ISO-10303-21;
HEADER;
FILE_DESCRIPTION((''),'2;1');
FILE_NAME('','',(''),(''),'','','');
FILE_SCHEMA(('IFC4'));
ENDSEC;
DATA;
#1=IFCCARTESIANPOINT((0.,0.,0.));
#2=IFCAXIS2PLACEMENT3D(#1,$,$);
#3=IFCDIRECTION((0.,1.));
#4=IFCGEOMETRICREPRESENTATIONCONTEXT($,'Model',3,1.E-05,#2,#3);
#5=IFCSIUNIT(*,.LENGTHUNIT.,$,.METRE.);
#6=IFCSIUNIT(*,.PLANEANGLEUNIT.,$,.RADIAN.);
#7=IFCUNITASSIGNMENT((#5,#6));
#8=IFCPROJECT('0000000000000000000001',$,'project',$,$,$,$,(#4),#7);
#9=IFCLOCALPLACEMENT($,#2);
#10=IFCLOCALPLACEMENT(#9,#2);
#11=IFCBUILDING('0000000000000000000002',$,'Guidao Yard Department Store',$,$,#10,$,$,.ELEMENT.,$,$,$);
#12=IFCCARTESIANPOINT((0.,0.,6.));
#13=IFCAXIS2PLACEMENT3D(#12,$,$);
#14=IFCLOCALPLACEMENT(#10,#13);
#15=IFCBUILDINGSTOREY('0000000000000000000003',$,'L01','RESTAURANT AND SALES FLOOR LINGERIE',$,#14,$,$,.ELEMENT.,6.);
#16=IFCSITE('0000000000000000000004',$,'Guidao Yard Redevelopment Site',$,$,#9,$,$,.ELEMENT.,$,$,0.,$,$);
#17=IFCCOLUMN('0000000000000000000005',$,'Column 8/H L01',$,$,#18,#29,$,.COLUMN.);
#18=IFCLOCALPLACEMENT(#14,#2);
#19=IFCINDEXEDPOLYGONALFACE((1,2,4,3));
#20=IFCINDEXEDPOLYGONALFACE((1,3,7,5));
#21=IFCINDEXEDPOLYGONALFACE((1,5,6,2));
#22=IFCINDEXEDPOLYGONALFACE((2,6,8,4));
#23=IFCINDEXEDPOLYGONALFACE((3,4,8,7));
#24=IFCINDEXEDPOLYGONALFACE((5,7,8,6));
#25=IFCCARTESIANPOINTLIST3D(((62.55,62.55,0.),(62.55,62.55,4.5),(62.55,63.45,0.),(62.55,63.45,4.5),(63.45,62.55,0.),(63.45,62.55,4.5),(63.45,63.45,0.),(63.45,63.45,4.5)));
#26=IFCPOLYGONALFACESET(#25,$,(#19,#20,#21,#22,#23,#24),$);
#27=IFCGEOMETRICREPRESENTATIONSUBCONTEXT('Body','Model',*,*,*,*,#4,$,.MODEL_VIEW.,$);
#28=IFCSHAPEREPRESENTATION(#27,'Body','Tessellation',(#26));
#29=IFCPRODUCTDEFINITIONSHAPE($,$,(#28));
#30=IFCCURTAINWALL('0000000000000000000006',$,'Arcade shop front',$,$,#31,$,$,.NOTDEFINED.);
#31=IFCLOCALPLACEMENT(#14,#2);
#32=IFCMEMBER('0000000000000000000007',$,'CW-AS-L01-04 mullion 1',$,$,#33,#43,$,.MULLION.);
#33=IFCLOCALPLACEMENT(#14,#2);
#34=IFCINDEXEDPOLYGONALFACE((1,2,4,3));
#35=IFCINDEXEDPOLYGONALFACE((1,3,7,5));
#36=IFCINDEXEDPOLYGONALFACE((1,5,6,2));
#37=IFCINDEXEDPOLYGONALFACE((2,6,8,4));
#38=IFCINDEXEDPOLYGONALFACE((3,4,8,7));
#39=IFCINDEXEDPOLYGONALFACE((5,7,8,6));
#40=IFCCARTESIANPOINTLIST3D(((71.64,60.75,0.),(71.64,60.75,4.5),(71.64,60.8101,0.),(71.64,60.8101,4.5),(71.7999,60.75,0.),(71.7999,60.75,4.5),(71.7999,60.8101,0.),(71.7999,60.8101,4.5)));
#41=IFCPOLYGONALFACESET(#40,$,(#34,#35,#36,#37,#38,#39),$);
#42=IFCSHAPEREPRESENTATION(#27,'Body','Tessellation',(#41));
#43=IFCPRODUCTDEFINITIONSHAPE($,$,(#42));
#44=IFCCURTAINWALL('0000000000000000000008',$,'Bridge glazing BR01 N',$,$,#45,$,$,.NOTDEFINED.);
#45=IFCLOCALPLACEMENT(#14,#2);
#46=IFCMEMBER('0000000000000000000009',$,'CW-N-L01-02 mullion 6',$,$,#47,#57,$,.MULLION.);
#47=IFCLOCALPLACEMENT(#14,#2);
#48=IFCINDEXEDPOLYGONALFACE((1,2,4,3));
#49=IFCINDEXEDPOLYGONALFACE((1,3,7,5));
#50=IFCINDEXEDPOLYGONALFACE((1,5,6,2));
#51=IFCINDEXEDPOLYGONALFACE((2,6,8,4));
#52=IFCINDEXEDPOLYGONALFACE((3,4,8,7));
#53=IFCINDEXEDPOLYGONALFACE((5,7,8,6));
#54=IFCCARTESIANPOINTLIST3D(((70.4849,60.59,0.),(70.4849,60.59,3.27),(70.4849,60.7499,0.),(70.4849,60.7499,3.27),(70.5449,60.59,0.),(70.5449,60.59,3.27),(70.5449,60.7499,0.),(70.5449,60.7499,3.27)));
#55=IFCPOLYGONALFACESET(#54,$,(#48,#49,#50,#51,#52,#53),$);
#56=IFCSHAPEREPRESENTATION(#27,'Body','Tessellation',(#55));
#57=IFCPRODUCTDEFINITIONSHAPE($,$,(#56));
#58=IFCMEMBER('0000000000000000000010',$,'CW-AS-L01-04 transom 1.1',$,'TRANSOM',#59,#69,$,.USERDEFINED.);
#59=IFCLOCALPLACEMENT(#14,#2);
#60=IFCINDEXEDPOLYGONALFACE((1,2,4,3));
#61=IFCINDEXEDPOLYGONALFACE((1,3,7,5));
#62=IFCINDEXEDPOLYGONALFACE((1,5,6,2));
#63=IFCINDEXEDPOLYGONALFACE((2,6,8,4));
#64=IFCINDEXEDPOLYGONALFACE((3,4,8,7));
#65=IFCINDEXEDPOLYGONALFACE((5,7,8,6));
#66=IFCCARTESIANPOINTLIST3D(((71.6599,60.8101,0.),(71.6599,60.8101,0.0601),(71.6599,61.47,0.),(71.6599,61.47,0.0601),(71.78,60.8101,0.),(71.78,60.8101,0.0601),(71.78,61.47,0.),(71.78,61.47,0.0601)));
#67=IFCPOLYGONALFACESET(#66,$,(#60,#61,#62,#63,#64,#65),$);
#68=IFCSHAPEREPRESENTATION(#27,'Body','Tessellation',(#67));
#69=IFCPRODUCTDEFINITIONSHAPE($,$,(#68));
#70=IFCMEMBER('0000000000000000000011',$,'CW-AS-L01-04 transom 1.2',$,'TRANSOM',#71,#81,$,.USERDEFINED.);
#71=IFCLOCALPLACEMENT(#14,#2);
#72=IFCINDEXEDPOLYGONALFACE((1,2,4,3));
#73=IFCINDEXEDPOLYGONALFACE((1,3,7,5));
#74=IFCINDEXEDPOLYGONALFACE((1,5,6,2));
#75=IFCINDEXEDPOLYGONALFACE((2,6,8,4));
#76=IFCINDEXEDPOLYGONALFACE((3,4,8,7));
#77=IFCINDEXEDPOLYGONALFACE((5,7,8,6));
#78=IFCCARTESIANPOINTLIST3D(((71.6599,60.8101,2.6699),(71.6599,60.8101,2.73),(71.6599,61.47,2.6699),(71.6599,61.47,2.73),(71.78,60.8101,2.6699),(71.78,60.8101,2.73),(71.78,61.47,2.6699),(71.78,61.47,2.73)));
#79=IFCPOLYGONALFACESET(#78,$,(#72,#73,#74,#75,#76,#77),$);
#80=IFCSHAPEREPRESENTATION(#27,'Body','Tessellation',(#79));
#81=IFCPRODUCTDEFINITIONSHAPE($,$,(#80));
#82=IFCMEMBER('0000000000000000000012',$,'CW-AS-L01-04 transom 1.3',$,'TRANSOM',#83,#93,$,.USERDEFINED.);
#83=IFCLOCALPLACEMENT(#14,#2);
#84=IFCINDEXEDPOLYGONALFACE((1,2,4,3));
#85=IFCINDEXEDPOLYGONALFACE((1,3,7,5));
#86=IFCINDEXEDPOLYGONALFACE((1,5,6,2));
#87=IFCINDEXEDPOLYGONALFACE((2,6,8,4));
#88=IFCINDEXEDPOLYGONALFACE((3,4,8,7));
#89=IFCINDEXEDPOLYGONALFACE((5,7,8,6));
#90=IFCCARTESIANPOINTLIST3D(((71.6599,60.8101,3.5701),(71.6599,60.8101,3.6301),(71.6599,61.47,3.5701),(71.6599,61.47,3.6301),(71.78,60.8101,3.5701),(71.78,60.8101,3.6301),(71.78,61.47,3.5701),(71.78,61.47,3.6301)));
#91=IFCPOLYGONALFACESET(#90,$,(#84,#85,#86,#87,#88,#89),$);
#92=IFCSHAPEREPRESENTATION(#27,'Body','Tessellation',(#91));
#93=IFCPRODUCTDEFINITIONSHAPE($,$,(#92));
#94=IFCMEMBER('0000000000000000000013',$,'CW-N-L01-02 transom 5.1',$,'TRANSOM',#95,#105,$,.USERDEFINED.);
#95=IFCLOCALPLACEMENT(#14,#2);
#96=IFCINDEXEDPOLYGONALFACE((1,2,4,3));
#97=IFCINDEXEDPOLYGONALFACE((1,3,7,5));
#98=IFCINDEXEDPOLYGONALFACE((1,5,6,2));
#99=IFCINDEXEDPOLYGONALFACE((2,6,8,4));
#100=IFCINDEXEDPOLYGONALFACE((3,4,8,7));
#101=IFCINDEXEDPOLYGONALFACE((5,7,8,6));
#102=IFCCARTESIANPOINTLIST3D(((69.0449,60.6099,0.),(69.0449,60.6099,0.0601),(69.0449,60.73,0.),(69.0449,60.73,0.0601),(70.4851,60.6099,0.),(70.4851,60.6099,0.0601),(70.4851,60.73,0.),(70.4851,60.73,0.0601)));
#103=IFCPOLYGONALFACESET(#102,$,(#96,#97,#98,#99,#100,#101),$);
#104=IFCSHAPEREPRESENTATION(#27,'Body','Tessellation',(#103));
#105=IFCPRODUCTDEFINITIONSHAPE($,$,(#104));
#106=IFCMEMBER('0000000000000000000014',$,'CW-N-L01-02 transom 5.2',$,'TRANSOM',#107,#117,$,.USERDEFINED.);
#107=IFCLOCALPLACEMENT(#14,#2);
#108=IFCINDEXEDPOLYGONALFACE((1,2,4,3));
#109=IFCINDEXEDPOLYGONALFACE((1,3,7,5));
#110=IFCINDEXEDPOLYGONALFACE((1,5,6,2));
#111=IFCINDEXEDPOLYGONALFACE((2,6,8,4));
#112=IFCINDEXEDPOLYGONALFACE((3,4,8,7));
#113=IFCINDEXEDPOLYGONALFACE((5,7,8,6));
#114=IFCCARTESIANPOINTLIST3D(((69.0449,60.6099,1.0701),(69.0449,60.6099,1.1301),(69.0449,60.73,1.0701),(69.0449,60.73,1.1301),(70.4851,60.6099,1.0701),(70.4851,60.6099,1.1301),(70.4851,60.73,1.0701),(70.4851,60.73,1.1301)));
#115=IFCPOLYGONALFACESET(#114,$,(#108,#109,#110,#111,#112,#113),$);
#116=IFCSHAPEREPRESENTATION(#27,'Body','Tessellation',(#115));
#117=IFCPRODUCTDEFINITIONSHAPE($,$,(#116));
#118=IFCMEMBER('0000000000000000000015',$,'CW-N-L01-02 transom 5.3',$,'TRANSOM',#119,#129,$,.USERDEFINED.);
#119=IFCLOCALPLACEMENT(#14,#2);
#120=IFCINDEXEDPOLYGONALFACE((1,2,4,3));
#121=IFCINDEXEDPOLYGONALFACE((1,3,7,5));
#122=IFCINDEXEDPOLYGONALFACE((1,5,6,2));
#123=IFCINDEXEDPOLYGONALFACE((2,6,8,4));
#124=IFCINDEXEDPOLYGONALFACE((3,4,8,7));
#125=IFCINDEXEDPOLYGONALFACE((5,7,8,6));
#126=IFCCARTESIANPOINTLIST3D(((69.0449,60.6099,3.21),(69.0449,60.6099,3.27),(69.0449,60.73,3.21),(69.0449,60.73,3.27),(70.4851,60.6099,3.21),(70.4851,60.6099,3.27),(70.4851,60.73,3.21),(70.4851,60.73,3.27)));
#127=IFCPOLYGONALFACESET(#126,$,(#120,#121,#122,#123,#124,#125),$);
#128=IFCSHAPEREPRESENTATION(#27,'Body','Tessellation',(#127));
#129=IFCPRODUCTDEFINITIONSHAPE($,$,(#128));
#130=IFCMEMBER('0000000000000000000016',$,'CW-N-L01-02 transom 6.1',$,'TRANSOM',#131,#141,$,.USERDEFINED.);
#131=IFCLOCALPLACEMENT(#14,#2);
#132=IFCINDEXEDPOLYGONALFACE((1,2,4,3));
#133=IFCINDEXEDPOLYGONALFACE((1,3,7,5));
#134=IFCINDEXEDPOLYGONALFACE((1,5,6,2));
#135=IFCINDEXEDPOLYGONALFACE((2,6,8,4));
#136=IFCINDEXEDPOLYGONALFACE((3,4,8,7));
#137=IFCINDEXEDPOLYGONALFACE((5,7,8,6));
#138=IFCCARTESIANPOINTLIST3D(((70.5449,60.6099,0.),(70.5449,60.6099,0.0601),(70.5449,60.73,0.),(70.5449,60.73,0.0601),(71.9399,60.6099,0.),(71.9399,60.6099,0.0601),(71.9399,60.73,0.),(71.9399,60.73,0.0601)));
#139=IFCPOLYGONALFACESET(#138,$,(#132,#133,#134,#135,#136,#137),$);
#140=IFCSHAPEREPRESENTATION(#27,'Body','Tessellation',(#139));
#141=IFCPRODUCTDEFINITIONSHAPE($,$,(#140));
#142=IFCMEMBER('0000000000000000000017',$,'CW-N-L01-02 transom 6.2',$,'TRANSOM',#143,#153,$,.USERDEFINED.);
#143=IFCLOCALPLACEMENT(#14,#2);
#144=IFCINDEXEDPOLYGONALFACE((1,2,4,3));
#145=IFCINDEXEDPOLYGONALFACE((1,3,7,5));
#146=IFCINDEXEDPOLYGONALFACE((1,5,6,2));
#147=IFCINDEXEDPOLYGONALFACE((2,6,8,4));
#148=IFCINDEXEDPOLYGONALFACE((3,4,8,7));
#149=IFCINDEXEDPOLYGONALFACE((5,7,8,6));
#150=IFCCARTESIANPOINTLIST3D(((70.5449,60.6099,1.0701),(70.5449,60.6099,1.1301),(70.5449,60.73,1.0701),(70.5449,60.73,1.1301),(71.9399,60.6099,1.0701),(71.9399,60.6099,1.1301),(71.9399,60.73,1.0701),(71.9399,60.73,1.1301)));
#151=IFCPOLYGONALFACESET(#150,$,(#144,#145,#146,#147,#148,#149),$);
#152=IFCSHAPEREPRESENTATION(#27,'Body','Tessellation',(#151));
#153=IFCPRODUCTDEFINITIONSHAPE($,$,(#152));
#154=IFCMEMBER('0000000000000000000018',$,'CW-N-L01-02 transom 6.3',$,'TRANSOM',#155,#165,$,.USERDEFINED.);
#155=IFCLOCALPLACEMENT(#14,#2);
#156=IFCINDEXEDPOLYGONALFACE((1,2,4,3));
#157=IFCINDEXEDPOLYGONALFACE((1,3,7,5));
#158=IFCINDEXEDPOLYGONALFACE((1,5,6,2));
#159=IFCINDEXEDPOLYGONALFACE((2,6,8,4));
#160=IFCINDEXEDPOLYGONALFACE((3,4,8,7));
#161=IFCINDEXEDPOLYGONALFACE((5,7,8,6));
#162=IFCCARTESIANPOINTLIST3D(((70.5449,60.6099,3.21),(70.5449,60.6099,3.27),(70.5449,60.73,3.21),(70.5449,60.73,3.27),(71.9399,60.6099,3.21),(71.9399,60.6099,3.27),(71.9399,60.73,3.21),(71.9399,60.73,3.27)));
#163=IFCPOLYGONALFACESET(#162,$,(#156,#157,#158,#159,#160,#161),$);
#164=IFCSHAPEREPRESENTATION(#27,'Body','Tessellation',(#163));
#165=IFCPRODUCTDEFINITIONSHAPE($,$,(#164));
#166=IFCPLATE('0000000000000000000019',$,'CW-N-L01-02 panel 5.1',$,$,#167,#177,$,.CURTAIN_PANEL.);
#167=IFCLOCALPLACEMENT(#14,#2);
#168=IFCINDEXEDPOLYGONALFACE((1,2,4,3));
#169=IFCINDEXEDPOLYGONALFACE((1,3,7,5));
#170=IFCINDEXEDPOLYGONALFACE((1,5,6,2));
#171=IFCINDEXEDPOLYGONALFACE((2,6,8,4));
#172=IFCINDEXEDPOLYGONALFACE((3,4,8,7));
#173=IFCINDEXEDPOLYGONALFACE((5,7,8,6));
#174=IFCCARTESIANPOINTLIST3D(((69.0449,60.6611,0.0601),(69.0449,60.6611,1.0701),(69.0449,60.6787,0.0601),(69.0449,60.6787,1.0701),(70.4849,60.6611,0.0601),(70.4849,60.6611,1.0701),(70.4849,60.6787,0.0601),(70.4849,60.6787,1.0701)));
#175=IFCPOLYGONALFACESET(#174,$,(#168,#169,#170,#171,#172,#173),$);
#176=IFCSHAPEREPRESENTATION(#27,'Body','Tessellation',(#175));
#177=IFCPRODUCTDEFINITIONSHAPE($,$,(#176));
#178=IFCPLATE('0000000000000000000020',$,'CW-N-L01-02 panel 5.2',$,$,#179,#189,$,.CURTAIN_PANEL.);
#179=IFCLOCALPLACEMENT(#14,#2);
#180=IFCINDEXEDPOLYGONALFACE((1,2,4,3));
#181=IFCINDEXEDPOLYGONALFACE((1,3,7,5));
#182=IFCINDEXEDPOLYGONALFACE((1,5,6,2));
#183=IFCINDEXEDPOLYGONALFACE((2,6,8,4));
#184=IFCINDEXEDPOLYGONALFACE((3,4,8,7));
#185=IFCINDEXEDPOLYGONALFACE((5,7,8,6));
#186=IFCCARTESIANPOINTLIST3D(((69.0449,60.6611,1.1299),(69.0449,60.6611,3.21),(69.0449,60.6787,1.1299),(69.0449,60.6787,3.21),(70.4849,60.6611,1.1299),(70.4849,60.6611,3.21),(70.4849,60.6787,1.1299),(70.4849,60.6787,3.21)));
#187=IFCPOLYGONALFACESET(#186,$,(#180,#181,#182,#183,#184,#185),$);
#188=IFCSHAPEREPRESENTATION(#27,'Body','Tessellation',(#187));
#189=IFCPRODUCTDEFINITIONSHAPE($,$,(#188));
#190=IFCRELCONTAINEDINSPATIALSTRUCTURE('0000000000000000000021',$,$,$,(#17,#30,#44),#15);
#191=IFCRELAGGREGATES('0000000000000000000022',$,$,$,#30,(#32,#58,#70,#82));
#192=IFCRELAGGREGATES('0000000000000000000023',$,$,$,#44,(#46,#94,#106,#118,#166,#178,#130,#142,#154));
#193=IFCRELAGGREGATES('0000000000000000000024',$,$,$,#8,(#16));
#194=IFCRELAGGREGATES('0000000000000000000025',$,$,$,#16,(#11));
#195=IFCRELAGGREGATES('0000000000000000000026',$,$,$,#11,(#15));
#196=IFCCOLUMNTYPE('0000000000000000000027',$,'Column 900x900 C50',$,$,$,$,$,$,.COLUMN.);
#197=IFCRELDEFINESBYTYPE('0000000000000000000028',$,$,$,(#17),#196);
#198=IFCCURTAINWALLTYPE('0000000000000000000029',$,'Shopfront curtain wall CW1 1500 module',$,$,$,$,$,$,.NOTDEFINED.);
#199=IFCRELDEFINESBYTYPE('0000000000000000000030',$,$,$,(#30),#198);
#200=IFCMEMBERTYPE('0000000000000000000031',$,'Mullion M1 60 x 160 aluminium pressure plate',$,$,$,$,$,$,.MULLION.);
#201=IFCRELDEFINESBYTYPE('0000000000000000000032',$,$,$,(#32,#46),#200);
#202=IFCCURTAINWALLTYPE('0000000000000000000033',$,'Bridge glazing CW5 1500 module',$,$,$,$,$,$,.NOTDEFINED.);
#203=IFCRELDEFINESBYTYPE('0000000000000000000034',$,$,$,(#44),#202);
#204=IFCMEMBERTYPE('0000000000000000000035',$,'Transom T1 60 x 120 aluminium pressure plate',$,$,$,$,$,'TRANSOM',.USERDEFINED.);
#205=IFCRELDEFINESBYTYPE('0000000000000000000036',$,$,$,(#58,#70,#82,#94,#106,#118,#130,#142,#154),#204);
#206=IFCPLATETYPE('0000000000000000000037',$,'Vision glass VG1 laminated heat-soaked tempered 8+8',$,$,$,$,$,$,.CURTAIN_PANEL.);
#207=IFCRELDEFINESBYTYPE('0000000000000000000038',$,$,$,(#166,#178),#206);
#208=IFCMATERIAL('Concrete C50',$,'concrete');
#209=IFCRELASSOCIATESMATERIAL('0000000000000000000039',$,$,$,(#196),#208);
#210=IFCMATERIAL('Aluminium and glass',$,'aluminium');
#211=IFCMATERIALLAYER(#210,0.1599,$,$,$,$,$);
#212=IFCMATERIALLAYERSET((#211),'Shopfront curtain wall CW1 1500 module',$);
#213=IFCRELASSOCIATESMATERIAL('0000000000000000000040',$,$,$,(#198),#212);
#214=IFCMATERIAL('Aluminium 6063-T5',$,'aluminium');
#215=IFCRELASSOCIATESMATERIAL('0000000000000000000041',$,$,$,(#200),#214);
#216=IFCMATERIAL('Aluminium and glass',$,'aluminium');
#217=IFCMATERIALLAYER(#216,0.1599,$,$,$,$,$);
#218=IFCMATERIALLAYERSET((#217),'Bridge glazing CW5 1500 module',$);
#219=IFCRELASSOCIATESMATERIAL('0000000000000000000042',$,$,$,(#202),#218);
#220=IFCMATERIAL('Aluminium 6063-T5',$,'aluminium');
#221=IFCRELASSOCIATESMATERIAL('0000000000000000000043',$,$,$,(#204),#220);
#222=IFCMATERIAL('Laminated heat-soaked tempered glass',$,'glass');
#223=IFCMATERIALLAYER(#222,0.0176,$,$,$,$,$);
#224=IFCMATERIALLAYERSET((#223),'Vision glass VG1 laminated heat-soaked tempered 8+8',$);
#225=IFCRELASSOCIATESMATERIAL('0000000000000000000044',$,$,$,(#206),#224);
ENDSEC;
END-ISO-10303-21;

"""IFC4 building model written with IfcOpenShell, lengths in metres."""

from ifc_helpers import new_model, si_unit, direction, frame, origin, origin_2d, place, context, subcontext, project, spatial, rectangle, extrude, material, layer, layer_set, material_profile, profile_set, type_object, element, aggregate, save


model = new_model("IFC4")

# Units and contexts
model_context = context("Model", 3, precision=1e-05, world=origin(), true_north=direction((0.0, 1.0)))
body_context = subcontext(model_context, "Body", "Model", "MODEL_VIEW")
ifc_project = project(units=[si_unit("LENGTHUNIT", "METRE"), si_unit("PLANEANGLEUNIT", "RADIAN")], contexts=[model_context])

# Site, building, storey
site_placement = place(None, origin())
site = spatial("IfcSite", under=ifc_project, at=site_placement, Name="Guidao Yard Redevelopment Site", CompositionType="ELEMENT", RefElevation=0.0)
building_placement = place(site_placement, origin())
building = spatial("IfcBuilding", under=site, at=building_placement, Name="Guidao Yard Department Store", CompositionType="ELEMENT")
storey_placement = place(building_placement, frame((0.0, 0.0, 6.0)))
storey = spatial("IfcBuildingStorey", under=building, at=storey_placement, Name="L01", Description="RESTAURANT AND SALES FLOOR LINGERIE", CompositionType="ELEMENT", Elevation=6.0)

# Column
ifc_material_1 = material(Name="Concrete C50", Category="concrete")
ifc_material_profile_1 = material_profile(ifc_material_1, rectangle(XDim=0.8999, YDim=0.8999, at=origin_2d()), Name="COL 900x900")
ifc_profile_set_1 = profile_set([ifc_material_profile_1], Name="Concrete C50")
column_type = type_object("IfcColumnType", Name="Column 900x900 C50", PredefinedType="COLUMN", material=ifc_profile_set_1)
column_placement = place(storey_placement, frame((63.0, 63.0, 0.0), z_axis=(0.0, 0.0, 1.0), x_axis=(1.0, 0.0, 0.0)))
element("IfcColumn", 1, at=column_placement, inside=storey, type_object=column_type, Name="Column 8/H L01", PredefinedType="COLUMN", context=body_context, shape_type="SweptSolid", body=[
    extrude(rectangle(XDim=0.8999, YDim=0.8999, at=origin_2d()), origin(), (0.0, 0.0, 1.0), 4.5),
])

# Curtain walls, members
ifc_material_2 = material(Name="Aluminium and glass", Category="aluminium")
ifc_layer_1 = layer(ifc_material_2, 0.1599)
ifc_layer_set_1 = layer_set([ifc_layer_1], Name="Shopfront curtain wall CW1 1500 module")
curtain_wall_type_1 = type_object("IfcCurtainWallType", Name="Shopfront curtain wall CW1 1500 module", PredefinedType="NOTDEFINED", material=ifc_layer_set_1)
curtain_wall_1_placement = place(storey_placement, origin())
curtain_wall_1 = element("IfcCurtainWall", 2, at=curtain_wall_1_placement, inside=storey, type_object=curtain_wall_type_1, Name="Arcade shop front", PredefinedType="NOTDEFINED")
ifc_material_3 = material(Name="Aluminium 6063-T5", Category="aluminium")
ifc_material_profile_2 = material_profile(ifc_material_3, rectangle(XDim=0.0601, YDim=0.1599, at=origin_2d()), Name="Mullion M1 60 x 160 aluminium pressure plate")
ifc_profile_set_2 = profile_set([ifc_material_profile_2], Name="Aluminium 6063-T5")
member_type_1 = type_object("IfcMemberType", Name="Mullion M1 60 x 160 aluminium pressure plate", PredefinedType="MULLION", material=ifc_profile_set_2)
member_1_placement = place(storey_placement, frame((71.72, 60.78, 0.0), z_axis=(0.0, 0.0, 1.0), x_axis=(0.0, 1.0, 0.0)))
member_1 = element("IfcMember", 3, at=member_1_placement, type_object=member_type_1, Name="CW-AS-L01-04 mullion 1", PredefinedType="MULLION", context=body_context, shape_type="SweptSolid", body=[
    extrude(rectangle(XDim=0.0601, YDim=0.1599, at=origin_2d()), origin(), (0.0, 0.0, 1.0), 4.5),
])
ifc_material_4 = material(Name="Aluminium and glass", Category="aluminium")
ifc_layer_2 = layer(ifc_material_4, 0.1599)
ifc_layer_set_2 = layer_set([ifc_layer_2], Name="Bridge glazing CW5 1500 module")
curtain_wall_type_2 = type_object("IfcCurtainWallType", Name="Bridge glazing CW5 1500 module", PredefinedType="NOTDEFINED", material=ifc_layer_set_2)
curtain_wall_2_placement = place(storey_placement, origin())
curtain_wall_2 = element("IfcCurtainWall", 4, at=curtain_wall_2_placement, inside=storey, type_object=curtain_wall_type_2, Name="Bridge glazing BR01 N", PredefinedType="NOTDEFINED")
member_2_placement = place(storey_placement, frame((70.5149, 60.6699, 0.0), z_axis=(0.0, 0.0, 1.0), x_axis=(1.0, 0.0, 0.0)))
member_2 = element("IfcMember", 5, at=member_2_placement, type_object=member_type_1, Name="CW-N-L01-02 mullion 6", PredefinedType="MULLION", context=body_context, shape_type="SweptSolid", body=[
    extrude(rectangle(XDim=0.0601, YDim=0.1599, at=origin_2d()), origin(), (0.0, 0.0, 1.0), 3.27),
])

# Members
ifc_material_5 = material(Name="Aluminium 6063-T5", Category="aluminium")
ifc_material_profile_3 = material_profile(ifc_material_5, rectangle(XDim=0.1201, YDim=0.0601, at=origin_2d()), Name="Transom T1 60 x 120 aluminium pressure plate")
ifc_profile_set_3 = profile_set([ifc_material_profile_3], Name="Aluminium 6063-T5")
member_type_2 = type_object("IfcMemberType", Name="Transom T1 60 x 120 aluminium pressure plate", ElementType="TRANSOM", PredefinedType="USERDEFINED", material=ifc_profile_set_3)
member_3_placement = place(storey_placement, frame((71.72, 60.8101, 0.03), z_axis=(0.0, 1.0, 0.0), x_axis=(-1.0, 0.0, 0.0)))
member_3 = element("IfcMember", 6, at=member_3_placement, type_object=member_type_2, Name="CW-AS-L01-04 transom 1.1", ObjectType="TRANSOM", PredefinedType="USERDEFINED", context=body_context, shape_type="SweptSolid", body=[
    extrude(rectangle(XDim=0.1201, YDim=0.0601, at=origin_2d()), origin(), (0.0, 0.0, 1.0), 0.6599),
])
member_4_placement = place(storey_placement, frame((71.72, 60.8101, 2.7), z_axis=(0.0, 1.0, 0.0), x_axis=(-1.0, 0.0, 0.0)))
member_4 = element("IfcMember", 7, at=member_4_placement, type_object=member_type_2, Name="CW-AS-L01-04 transom 1.2", ObjectType="TRANSOM", PredefinedType="USERDEFINED", context=body_context, shape_type="SweptSolid", body=[
    extrude(rectangle(XDim=0.1201, YDim=0.0601, at=origin_2d()), origin(), (0.0, 0.0, 1.0), 0.6599),
])
member_5_placement = place(storey_placement, frame((71.72, 60.8101, 3.6001), z_axis=(0.0, 1.0, 0.0), x_axis=(-1.0, 0.0, 0.0)))
member_5 = element("IfcMember", 8, at=member_5_placement, type_object=member_type_2, Name="CW-AS-L01-04 transom 1.3", ObjectType="TRANSOM", PredefinedType="USERDEFINED", context=body_context, shape_type="SweptSolid", body=[
    extrude(rectangle(XDim=0.1201, YDim=0.0601, at=origin_2d()), origin(), (0.0, 0.0, 1.0), 0.6599),
])
aggregate(curtain_wall_1, [member_1, member_3, member_4, member_5])
member_6_placement = place(storey_placement, frame((69.0449, 60.6699, 0.03), z_axis=(1.0, 0.0, 0.0), x_axis=(0.0, 1.0, 0.0)))
member_6 = element("IfcMember", 9, at=member_6_placement, type_object=member_type_2, Name="CW-N-L01-02 transom 5.1", ObjectType="TRANSOM", PredefinedType="USERDEFINED", context=body_context, shape_type="SweptSolid", body=[
    extrude(rectangle(XDim=0.1201, YDim=0.0601, at=origin_2d()), origin(), (0.0, 0.0, 1.0), 1.4402),
])
member_7_placement = place(storey_placement, frame((69.0449, 60.6699, 1.1001), z_axis=(1.0, 0.0, 0.0), x_axis=(0.0, 1.0, 0.0)))
member_7 = element("IfcMember", 10, at=member_7_placement, type_object=member_type_2, Name="CW-N-L01-02 transom 5.2", ObjectType="TRANSOM", PredefinedType="USERDEFINED", context=body_context, shape_type="SweptSolid", body=[
    extrude(rectangle(XDim=0.1201, YDim=0.0601, at=origin_2d()), origin(), (0.0, 0.0, 1.0), 1.4402),
])
member_8_placement = place(storey_placement, frame((69.0449, 60.6699, 3.24), z_axis=(1.0, 0.0, 0.0), x_axis=(0.0, 1.0, 0.0)))
member_8 = element("IfcMember", 11, at=member_8_placement, type_object=member_type_2, Name="CW-N-L01-02 transom 5.3", ObjectType="TRANSOM", PredefinedType="USERDEFINED", context=body_context, shape_type="SweptSolid", body=[
    extrude(rectangle(XDim=0.1201, YDim=0.0601, at=origin_2d()), origin(), (0.0, 0.0, 1.0), 1.4402),
])
member_9_placement = place(storey_placement, frame((70.5449, 60.6699, 0.03), z_axis=(1.0, 0.0, 0.0), x_axis=(0.0, 1.0, 0.0)))
member_9 = element("IfcMember", 12, at=member_9_placement, type_object=member_type_2, Name="CW-N-L01-02 transom 6.1", ObjectType="TRANSOM", PredefinedType="USERDEFINED", context=body_context, shape_type="SweptSolid", body=[
    extrude(rectangle(XDim=0.1201, YDim=0.0601, at=origin_2d()), origin(), (0.0, 0.0, 1.0), 1.395),
])
member_10_placement = place(storey_placement, frame((70.5449, 60.6699, 1.1001), z_axis=(1.0, 0.0, 0.0), x_axis=(0.0, 1.0, 0.0)))
member_10 = element("IfcMember", 13, at=member_10_placement, type_object=member_type_2, Name="CW-N-L01-02 transom 6.2", ObjectType="TRANSOM", PredefinedType="USERDEFINED", context=body_context, shape_type="SweptSolid", body=[
    extrude(rectangle(XDim=0.1201, YDim=0.0601, at=origin_2d()), origin(), (0.0, 0.0, 1.0), 1.395),
])
member_11_placement = place(storey_placement, frame((70.5449, 60.6699, 3.24), z_axis=(1.0, 0.0, 0.0), x_axis=(0.0, 1.0, 0.0)))
member_11 = element("IfcMember", 14, at=member_11_placement, type_object=member_type_2, Name="CW-N-L01-02 transom 6.3", ObjectType="TRANSOM", PredefinedType="USERDEFINED", context=body_context, shape_type="SweptSolid", body=[
    extrude(rectangle(XDim=0.1201, YDim=0.0601, at=origin_2d()), origin(), (0.0, 0.0, 1.0), 1.395),
])

# Plates
ifc_material_6 = material(Name="Laminated heat-soaked tempered glass", Category="glass")
ifc_layer_3 = layer(ifc_material_6, 0.0176)
ifc_layer_set_3 = layer_set([ifc_layer_3], Name="Vision glass VG1 laminated heat-soaked tempered 8+8")
plate_type = type_object("IfcPlateType", Name="Vision glass VG1 laminated heat-soaked tempered 8+8", PredefinedType="CURTAIN_PANEL", material=ifc_layer_set_3)
plate_1_placement = place(storey_placement, frame((69.7649, 60.6699, 0.0601), z_axis=(0.0, 0.0, 1.0), x_axis=(1.0, 0.0, 0.0)))
plate_1 = element("IfcPlate", 15, at=plate_1_placement, type_object=plate_type, Name="CW-N-L01-02 panel 5.1", PredefinedType="CURTAIN_PANEL", context=body_context, shape_type="SweptSolid", body=[
    extrude(rectangle(XDim=1.4399, YDim=0.0176, at=origin_2d()), origin(), (0.0, 0.0, 1.0), 1.01),
])
plate_2_placement = place(storey_placement, frame((69.7649, 60.6699, 1.1299), z_axis=(0.0, 0.0, 1.0), x_axis=(1.0, 0.0, 0.0)))
plate_2 = element("IfcPlate", 16, at=plate_2_placement, type_object=plate_type, Name="CW-N-L01-02 panel 5.2", PredefinedType="CURTAIN_PANEL", context=body_context, shape_type="SweptSolid", body=[
    extrude(rectangle(XDim=1.4399, YDim=0.0176, at=origin_2d()), origin(), (0.0, 0.0, 1.0), 2.0801),
])
aggregate(curtain_wall_2, [member_2, member_6, member_7, member_8, plate_1, plate_2, member_9, member_10, member_11])

save(model, "model.ifc")
